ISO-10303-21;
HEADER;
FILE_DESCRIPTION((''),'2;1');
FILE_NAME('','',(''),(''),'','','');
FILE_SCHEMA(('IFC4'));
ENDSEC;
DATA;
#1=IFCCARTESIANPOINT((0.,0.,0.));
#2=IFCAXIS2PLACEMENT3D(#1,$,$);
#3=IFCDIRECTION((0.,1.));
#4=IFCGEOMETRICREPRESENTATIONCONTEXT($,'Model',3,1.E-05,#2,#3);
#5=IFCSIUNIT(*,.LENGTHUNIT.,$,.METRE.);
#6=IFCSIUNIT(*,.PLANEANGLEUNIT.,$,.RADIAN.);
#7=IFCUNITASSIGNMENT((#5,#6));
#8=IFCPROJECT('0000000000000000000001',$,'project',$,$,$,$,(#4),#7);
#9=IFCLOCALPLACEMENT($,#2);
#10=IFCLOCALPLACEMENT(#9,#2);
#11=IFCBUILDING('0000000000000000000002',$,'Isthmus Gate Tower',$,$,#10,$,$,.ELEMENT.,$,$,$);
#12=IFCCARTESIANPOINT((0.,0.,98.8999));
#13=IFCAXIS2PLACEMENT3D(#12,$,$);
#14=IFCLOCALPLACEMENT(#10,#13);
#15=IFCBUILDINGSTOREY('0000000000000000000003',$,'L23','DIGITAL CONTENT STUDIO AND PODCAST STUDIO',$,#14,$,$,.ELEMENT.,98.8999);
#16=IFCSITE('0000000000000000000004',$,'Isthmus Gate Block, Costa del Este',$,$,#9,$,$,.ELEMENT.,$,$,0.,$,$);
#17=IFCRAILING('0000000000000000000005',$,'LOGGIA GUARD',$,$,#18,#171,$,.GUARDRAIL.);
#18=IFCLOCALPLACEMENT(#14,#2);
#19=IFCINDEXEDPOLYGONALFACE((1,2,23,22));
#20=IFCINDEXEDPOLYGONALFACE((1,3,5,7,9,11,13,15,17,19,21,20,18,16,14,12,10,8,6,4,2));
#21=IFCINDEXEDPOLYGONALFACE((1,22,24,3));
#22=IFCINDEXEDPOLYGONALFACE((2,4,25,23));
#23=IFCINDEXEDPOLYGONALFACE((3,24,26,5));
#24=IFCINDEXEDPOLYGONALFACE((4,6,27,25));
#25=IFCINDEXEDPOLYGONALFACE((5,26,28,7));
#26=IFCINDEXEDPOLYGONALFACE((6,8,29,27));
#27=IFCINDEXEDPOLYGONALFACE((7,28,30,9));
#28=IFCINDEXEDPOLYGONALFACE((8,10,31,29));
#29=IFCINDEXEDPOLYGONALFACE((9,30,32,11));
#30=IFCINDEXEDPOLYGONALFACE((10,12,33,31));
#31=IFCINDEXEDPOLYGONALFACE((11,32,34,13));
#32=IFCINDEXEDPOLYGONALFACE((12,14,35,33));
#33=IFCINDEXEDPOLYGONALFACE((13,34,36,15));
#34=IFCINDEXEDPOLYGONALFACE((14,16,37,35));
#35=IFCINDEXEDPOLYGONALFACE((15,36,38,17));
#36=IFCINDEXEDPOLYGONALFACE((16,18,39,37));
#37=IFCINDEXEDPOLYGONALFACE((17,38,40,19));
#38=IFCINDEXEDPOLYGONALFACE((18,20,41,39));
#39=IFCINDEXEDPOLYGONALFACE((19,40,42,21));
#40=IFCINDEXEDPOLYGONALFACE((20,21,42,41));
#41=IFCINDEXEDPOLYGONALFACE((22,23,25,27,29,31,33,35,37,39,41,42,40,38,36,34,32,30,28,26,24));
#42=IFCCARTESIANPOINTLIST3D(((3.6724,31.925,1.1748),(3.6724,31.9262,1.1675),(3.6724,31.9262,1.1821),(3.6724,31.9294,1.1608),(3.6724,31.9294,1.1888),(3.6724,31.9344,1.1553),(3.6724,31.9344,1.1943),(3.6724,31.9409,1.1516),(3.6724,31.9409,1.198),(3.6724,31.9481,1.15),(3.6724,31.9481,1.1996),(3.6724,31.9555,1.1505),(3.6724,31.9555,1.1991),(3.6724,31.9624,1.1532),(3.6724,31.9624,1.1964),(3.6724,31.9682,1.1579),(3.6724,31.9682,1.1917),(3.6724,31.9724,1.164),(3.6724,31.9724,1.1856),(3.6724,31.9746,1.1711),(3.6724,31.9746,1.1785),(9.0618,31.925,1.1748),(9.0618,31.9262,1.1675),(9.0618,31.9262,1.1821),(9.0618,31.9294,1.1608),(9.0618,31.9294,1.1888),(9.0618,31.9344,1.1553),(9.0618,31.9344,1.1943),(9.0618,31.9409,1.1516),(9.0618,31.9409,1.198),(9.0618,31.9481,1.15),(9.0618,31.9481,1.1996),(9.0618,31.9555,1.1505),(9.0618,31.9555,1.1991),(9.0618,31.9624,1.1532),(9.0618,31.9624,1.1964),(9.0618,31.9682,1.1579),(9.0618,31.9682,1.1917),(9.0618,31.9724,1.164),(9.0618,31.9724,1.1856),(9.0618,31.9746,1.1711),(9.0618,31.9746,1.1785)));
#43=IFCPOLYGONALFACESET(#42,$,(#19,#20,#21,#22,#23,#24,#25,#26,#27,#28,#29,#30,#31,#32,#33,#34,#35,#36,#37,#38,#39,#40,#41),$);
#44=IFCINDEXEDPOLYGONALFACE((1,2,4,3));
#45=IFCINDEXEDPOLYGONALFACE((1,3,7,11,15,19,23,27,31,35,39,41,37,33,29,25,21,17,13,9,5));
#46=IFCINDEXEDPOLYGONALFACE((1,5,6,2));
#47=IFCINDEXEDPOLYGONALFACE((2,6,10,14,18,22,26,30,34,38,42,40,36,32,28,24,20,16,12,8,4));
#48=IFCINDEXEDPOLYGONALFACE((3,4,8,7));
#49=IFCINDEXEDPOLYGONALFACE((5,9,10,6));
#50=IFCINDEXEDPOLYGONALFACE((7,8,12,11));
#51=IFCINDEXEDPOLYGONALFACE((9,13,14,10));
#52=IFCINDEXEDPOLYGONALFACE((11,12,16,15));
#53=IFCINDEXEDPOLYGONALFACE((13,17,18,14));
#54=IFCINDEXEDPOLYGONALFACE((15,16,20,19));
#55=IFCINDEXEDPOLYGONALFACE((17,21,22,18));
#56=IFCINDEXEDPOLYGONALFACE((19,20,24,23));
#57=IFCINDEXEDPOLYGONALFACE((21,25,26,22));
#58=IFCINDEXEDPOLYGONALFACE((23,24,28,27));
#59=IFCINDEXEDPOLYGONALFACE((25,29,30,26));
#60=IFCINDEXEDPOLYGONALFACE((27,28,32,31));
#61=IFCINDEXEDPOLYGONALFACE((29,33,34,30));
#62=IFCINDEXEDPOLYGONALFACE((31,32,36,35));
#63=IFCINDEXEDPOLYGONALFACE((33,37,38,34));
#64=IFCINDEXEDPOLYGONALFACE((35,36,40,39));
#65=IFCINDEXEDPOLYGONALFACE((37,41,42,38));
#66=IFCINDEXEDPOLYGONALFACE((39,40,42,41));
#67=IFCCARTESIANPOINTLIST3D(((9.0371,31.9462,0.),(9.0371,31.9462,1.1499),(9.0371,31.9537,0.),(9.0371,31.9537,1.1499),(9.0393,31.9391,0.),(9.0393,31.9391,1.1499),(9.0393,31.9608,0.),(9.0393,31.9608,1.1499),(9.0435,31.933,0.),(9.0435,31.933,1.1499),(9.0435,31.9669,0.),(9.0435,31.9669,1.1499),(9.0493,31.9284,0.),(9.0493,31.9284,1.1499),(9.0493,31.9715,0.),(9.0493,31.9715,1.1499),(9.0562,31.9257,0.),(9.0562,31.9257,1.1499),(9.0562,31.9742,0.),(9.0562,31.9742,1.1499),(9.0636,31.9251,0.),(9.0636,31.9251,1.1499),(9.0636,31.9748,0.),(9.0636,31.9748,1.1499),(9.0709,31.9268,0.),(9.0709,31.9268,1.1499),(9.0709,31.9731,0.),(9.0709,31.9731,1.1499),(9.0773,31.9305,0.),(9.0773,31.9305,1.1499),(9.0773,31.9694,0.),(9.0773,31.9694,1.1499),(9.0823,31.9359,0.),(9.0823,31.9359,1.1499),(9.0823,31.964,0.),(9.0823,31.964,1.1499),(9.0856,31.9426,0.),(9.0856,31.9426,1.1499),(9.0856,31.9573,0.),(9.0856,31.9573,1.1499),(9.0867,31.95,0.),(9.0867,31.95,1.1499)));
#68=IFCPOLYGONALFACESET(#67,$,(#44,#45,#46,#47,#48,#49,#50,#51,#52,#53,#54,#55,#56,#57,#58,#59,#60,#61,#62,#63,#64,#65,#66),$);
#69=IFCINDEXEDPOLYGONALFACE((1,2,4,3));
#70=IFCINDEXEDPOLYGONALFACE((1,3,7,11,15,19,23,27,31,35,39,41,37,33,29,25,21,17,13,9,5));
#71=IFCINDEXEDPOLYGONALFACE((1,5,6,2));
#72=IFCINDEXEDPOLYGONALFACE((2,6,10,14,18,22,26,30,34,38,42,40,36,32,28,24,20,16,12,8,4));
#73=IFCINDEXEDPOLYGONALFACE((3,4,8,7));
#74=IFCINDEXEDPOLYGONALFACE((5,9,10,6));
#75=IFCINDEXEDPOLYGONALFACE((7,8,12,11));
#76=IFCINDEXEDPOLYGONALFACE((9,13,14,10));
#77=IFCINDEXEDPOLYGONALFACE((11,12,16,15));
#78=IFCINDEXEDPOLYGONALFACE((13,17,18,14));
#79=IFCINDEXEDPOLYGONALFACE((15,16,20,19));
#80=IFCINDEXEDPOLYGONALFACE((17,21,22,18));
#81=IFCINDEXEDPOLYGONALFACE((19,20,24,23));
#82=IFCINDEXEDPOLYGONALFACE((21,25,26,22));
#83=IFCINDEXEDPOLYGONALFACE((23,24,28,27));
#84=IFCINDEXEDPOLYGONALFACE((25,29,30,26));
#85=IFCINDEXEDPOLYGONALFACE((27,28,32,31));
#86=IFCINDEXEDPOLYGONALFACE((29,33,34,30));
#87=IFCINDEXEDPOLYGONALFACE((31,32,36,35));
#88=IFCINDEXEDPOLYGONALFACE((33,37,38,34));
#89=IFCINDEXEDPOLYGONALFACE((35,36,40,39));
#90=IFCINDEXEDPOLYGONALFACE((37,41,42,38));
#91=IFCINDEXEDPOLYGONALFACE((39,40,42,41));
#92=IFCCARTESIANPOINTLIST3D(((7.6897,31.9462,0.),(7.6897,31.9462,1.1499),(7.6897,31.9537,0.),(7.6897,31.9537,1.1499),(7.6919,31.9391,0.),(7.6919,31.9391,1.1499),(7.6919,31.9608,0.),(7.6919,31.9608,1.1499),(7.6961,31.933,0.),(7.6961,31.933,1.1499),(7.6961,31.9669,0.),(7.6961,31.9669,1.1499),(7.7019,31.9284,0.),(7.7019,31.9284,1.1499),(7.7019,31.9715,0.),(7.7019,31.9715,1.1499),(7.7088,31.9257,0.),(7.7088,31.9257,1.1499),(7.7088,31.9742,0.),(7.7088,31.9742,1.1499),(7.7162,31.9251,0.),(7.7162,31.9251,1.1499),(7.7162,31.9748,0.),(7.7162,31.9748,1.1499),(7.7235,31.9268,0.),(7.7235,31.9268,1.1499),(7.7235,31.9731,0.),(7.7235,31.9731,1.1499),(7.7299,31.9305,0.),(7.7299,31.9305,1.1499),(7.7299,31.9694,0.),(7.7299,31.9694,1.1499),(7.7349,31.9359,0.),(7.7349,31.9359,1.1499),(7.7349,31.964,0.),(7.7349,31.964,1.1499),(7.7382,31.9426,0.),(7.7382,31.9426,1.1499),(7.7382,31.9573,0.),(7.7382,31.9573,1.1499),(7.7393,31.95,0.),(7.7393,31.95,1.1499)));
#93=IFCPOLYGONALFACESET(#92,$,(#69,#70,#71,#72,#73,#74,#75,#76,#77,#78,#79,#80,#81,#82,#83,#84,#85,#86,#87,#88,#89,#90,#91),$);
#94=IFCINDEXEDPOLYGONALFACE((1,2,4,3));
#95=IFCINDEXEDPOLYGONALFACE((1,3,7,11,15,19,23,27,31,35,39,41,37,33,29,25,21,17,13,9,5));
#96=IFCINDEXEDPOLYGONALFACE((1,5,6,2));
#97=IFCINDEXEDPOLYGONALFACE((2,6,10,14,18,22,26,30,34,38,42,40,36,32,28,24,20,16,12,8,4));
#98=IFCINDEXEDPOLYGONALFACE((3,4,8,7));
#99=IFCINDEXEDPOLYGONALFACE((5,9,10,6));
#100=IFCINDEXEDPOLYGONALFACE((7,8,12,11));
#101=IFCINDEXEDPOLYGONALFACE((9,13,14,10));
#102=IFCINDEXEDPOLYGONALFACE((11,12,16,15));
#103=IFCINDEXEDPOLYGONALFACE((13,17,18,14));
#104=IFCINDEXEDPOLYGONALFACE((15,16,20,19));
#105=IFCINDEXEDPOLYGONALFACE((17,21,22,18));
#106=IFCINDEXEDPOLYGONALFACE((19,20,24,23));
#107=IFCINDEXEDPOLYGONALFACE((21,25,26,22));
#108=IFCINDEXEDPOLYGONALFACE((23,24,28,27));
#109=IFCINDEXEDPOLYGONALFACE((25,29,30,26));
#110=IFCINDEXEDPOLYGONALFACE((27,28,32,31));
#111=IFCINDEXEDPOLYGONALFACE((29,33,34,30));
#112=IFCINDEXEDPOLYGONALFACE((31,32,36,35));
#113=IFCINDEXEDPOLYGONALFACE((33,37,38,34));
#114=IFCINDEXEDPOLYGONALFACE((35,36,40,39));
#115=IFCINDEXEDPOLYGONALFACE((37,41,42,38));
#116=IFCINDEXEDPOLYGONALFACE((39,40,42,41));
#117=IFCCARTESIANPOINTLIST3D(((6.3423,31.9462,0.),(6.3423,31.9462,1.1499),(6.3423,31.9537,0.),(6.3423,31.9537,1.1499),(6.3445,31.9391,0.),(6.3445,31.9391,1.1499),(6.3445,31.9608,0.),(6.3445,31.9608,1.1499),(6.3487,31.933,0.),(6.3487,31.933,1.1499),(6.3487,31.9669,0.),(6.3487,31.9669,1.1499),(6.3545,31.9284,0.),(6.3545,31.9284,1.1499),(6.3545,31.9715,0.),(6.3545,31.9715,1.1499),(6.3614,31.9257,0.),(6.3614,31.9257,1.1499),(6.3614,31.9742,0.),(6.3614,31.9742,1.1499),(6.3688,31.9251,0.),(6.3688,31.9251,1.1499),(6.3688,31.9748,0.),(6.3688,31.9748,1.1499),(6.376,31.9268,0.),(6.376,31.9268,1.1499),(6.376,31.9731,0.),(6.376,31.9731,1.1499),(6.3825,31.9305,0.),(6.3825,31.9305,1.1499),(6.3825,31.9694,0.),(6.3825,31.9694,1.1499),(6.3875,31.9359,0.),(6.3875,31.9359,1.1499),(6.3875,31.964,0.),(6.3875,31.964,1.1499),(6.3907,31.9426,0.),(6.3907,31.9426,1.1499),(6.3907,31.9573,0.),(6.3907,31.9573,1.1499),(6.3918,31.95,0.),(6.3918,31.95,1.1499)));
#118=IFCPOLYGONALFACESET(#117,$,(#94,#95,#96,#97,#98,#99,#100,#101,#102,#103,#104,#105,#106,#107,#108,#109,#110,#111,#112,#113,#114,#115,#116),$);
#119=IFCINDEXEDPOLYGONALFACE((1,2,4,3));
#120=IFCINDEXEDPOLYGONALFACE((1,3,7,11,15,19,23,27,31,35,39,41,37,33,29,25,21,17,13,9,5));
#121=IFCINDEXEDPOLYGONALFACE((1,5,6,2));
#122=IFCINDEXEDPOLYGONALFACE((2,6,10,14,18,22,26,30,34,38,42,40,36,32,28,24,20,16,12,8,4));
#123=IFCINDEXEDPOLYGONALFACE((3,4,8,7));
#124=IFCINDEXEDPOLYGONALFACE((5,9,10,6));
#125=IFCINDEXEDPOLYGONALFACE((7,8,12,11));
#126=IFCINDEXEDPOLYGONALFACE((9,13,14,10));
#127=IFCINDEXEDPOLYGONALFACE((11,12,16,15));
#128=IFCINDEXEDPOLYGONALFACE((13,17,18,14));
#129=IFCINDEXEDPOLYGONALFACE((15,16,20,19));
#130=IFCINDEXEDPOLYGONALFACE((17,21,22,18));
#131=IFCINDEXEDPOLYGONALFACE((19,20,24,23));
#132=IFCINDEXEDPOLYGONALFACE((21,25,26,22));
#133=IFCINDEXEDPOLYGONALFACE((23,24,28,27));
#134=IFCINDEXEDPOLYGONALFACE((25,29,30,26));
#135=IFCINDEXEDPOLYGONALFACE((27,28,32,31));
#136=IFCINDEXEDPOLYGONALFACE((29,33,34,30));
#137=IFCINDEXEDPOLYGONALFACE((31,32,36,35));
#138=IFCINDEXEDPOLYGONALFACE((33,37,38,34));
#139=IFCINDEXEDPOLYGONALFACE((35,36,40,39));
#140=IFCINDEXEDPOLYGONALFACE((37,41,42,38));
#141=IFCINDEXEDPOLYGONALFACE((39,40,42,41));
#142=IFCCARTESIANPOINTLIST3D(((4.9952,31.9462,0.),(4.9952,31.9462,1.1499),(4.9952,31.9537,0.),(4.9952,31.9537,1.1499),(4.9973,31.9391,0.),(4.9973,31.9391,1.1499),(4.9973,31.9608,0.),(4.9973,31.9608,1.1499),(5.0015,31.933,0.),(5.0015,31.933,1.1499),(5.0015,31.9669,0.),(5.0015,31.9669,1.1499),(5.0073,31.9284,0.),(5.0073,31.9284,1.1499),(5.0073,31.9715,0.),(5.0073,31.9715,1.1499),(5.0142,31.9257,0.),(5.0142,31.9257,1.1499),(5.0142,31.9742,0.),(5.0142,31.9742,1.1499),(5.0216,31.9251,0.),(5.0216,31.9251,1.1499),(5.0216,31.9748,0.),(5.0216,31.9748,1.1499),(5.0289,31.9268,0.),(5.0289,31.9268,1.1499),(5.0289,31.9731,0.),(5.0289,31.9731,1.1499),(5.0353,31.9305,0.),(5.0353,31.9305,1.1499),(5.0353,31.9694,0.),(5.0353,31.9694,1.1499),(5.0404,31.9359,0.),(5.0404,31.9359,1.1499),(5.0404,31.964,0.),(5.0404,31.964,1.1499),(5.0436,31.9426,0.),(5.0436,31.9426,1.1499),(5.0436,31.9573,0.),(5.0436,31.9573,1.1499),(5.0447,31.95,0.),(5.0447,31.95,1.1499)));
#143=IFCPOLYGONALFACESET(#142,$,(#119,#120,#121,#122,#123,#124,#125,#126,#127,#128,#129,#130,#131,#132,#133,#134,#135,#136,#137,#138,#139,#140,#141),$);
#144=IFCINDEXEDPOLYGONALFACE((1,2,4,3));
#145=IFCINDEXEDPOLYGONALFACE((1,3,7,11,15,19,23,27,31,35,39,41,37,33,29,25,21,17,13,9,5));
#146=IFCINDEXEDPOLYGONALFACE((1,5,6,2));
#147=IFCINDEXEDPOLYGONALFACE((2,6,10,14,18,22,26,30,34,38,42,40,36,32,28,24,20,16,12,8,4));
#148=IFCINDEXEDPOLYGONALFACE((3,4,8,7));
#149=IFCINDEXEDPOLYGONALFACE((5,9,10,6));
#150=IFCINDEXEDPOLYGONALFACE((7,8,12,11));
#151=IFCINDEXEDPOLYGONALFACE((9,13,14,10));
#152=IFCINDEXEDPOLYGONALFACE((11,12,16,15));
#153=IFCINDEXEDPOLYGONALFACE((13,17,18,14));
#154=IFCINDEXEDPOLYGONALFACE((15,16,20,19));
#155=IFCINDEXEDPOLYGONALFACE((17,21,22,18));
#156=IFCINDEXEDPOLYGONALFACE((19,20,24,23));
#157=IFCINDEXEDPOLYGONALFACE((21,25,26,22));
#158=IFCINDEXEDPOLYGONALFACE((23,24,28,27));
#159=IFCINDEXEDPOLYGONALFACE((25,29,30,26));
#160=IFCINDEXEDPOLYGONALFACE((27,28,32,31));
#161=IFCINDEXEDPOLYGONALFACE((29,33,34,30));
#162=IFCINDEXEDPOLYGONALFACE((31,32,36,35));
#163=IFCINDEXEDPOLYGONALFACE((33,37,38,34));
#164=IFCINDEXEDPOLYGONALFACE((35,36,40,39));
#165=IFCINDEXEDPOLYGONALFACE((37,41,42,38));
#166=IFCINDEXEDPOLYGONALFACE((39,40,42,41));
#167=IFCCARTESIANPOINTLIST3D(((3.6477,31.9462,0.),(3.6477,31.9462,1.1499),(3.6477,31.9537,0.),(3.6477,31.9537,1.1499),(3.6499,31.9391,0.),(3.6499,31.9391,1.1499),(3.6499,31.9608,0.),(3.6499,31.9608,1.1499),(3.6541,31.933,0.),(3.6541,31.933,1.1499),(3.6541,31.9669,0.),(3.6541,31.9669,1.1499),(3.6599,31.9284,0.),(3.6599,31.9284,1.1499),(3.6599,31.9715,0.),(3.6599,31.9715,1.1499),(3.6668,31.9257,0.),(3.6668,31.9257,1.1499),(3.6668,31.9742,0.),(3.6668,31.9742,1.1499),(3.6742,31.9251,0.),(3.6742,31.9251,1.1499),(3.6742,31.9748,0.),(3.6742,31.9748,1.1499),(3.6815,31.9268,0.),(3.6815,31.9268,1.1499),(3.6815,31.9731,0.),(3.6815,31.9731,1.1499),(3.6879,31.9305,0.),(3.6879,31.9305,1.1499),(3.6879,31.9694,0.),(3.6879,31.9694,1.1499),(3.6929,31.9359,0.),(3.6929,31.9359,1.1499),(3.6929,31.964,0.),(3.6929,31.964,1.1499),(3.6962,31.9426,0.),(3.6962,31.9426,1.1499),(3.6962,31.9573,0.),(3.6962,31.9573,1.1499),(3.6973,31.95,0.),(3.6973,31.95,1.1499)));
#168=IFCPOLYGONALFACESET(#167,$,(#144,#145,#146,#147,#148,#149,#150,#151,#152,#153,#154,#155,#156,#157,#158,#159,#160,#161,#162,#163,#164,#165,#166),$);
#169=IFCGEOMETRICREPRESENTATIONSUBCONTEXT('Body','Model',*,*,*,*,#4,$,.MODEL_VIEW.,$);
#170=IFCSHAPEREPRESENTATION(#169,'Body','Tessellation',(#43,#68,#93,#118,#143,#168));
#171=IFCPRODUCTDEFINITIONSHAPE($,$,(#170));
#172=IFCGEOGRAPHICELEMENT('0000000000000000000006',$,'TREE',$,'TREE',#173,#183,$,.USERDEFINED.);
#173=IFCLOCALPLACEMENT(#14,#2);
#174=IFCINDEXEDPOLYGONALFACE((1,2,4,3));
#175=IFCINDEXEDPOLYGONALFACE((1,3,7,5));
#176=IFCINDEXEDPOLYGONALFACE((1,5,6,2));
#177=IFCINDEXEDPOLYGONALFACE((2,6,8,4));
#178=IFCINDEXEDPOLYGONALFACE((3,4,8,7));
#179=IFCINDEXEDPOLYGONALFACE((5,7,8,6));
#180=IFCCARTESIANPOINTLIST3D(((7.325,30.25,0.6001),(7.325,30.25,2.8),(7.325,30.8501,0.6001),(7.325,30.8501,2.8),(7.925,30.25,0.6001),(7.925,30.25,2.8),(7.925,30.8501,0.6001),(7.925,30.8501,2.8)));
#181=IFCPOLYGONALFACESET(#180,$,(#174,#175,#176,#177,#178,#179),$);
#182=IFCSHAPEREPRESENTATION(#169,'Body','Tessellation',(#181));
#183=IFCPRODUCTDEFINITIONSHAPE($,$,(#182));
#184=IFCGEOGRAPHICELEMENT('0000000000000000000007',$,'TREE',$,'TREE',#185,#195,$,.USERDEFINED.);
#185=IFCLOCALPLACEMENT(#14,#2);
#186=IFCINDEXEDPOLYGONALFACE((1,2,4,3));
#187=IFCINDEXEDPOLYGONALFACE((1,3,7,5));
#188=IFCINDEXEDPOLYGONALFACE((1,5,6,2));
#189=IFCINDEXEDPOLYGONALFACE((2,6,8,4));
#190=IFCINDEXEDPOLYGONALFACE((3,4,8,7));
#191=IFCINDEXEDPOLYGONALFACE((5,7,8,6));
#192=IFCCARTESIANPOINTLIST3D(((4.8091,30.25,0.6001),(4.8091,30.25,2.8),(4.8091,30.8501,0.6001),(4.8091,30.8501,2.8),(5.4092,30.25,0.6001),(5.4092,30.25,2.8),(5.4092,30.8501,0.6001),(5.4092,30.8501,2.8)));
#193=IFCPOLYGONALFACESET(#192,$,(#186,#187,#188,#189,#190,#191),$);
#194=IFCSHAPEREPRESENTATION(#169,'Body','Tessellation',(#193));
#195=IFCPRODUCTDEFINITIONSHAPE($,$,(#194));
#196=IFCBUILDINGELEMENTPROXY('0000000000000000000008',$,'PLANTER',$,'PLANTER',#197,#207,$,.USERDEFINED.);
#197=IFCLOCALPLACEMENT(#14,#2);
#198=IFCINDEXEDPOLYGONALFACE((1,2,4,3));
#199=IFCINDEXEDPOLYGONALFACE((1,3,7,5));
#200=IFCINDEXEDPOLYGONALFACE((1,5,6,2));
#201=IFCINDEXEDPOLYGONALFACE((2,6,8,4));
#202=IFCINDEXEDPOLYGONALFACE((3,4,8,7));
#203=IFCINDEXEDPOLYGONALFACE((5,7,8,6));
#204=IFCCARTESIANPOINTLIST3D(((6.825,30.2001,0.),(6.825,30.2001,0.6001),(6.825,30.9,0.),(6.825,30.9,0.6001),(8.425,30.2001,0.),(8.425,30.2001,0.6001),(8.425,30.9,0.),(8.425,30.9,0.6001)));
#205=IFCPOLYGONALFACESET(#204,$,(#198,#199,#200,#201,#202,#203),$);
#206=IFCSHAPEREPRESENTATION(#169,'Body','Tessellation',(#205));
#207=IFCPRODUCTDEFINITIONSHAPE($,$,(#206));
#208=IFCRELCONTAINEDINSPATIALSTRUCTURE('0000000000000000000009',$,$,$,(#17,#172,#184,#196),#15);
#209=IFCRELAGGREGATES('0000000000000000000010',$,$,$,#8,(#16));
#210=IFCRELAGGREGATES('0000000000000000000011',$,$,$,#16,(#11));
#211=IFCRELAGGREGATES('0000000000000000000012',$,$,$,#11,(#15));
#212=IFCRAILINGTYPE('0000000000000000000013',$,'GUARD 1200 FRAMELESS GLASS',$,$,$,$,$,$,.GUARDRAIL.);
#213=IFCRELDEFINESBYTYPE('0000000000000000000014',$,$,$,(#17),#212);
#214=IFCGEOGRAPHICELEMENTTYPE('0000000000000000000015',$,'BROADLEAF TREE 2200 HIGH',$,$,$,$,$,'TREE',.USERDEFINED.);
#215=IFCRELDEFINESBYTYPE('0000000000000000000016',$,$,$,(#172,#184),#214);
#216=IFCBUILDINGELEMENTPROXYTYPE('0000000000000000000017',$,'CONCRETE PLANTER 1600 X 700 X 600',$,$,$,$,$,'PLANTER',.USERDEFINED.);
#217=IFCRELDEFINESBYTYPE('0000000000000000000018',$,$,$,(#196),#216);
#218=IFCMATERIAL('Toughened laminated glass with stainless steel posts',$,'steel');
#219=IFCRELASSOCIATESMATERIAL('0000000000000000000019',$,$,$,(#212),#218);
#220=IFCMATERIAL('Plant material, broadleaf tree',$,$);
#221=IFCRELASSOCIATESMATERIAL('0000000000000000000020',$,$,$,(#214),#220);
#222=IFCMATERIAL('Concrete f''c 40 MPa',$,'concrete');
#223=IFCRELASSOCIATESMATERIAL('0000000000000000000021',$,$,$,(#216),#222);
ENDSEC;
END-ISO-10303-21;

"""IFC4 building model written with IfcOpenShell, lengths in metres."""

from ifc_helpers import new_model, si_unit, direction, frame, origin, origin_2d, place, context, subcontext, project, spatial, rectangle, circle, extrude, material, type_object, element, save


model = new_model("IFC4")

# Units and contexts
model_context = context("Model", 3, precision=1e-05, world=origin(), true_north=direction((0.0, 1.0)))
body_context = subcontext(model_context, "Body", "Model", "MODEL_VIEW")
ifc_project = project(units=[si_unit("LENGTHUNIT", "METRE"), si_unit("PLANEANGLEUNIT", "RADIAN")], contexts=[model_context])

# Site, building, storey
site_placement = place(None, origin())
site = spatial("IfcSite", under=ifc_project, at=site_placement, Name="Isthmus Gate Block, Costa del Este", CompositionType="ELEMENT", RefElevation=0.0)
building_placement = place(site_placement, origin())
building = spatial("IfcBuilding", under=site, at=building_placement, Name="Isthmus Gate Tower", CompositionType="ELEMENT")
storey_placement = place(building_placement, frame((0.0, 0.0, 98.8999)))
storey = spatial("IfcBuildingStorey", under=building, at=storey_placement, Name="L23", Description="DIGITAL CONTENT STUDIO AND PODCAST STUDIO", CompositionType="ELEMENT", Elevation=98.8999)

# Railing
ifc_material_1 = material(Name="Toughened laminated glass with stainless steel posts", Category="steel")
railing_type = type_object("IfcRailingType", Name="GUARD 1200 FRAMELESS GLASS", PredefinedType="GUARDRAIL", material=ifc_material_1)
railing_placement = place(storey_placement, frame((9.0618, 31.95, 0.0)))
element("IfcRailing", 1, at=railing_placement, inside=storey, type_object=railing_type, Name="LOGGIA GUARD", PredefinedType="GUARDRAIL", context=body_context, shape_type="SweptSolid", body=[
    extrude(circle(Radius=0.0249, at=origin_2d()), frame((0.0, 0.0, 1.1748), z_axis=(-1.0, 0.0, 0.0), x_axis=(0.0, -1.0, 0.0)), (0.0, 0.0, 1.0), 5.3894),
    extrude(circle(Radius=0.0249, at=origin_2d()), origin(), (0.0, 0.0, 1.0), 1.1499),
    extrude(circle(Radius=0.0249, at=origin_2d()), frame((-1.3474, 0.0, 0.0)), (0.0, 0.0, 1.0), 1.1499),
    extrude(circle(Radius=0.0249, at=origin_2d()), frame((-2.6948, 0.0, 0.0)), (0.0, 0.0, 1.0), 1.1499),
    extrude(circle(Radius=0.0249, at=origin_2d()), frame((-4.042, 0.0, 0.0)), (0.0, 0.0, 1.0), 1.1499),
    extrude(circle(Radius=0.0249, at=origin_2d()), frame((-5.3894, 0.0, 0.0)), (0.0, 0.0, 1.0), 1.1499),
])

# Geographic elements
ifc_material_2 = material(Name="Plant material, broadleaf tree")
geographic_element_type = type_object("IfcGeographicElementType", Name="BROADLEAF TREE 2200 HIGH", ElementType="TREE", PredefinedType="USERDEFINED", material=ifc_material_2)
for number, where, z_axis, x_axis, name in (
    (2, (7.625, 30.55, 0.6001), (0.0, 0.0, 1.0), (-1.0, 0.0, 0.0), "TREE"),
    (3, (5.1091, 30.55, 0.6001), (0.0, 0.0, 1.0), (-1.0, 0.0, 0.0), "TREE"),
):
    element("IfcGeographicElement", number, at=place(storey_placement, frame(where, z_axis=z_axis, x_axis=x_axis)), inside=storey, type_object=geographic_element_type, Name=name, ObjectType="TREE", PredefinedType="USERDEFINED", context=body_context, shape_type="SweptSolid", body=[
        extrude(rectangle(XDim=0.6001, YDim=0.6001, at=origin_2d()), origin(), (0.0, 0.0, 1.0), 2.2),
    ])

# Building element proxy
ifc_material_3 = material(Name="Concrete f'c 40 MPa", Category="concrete")
building_element_proxy_type = type_object("IfcBuildingElementProxyType", Name="CONCRETE PLANTER 1600 X 700 X 600", ElementType="PLANTER", PredefinedType="USERDEFINED", material=ifc_material_3)
for number, where, z_axis, x_axis, name in (
    (4, (7.625, 30.55, 0.0), (0.0, 0.0, 1.0), (-1.0, 0.0, 0.0), "PLANTER"),
):
    element("IfcBuildingElementProxy", number, at=place(storey_placement, frame(where, z_axis=z_axis, x_axis=x_axis)), inside=storey, type_object=building_element_proxy_type, Name=name, ObjectType="PLANTER", PredefinedType="USERDEFINED", context=body_context, shape_type="SweptSolid", body=[
        extrude(rectangle(XDim=1.6001, YDim=0.7, at=origin_2d()), origin(), (0.0, 0.0, 1.0), 0.6001),
    ])

save(model, "model.ifc")
